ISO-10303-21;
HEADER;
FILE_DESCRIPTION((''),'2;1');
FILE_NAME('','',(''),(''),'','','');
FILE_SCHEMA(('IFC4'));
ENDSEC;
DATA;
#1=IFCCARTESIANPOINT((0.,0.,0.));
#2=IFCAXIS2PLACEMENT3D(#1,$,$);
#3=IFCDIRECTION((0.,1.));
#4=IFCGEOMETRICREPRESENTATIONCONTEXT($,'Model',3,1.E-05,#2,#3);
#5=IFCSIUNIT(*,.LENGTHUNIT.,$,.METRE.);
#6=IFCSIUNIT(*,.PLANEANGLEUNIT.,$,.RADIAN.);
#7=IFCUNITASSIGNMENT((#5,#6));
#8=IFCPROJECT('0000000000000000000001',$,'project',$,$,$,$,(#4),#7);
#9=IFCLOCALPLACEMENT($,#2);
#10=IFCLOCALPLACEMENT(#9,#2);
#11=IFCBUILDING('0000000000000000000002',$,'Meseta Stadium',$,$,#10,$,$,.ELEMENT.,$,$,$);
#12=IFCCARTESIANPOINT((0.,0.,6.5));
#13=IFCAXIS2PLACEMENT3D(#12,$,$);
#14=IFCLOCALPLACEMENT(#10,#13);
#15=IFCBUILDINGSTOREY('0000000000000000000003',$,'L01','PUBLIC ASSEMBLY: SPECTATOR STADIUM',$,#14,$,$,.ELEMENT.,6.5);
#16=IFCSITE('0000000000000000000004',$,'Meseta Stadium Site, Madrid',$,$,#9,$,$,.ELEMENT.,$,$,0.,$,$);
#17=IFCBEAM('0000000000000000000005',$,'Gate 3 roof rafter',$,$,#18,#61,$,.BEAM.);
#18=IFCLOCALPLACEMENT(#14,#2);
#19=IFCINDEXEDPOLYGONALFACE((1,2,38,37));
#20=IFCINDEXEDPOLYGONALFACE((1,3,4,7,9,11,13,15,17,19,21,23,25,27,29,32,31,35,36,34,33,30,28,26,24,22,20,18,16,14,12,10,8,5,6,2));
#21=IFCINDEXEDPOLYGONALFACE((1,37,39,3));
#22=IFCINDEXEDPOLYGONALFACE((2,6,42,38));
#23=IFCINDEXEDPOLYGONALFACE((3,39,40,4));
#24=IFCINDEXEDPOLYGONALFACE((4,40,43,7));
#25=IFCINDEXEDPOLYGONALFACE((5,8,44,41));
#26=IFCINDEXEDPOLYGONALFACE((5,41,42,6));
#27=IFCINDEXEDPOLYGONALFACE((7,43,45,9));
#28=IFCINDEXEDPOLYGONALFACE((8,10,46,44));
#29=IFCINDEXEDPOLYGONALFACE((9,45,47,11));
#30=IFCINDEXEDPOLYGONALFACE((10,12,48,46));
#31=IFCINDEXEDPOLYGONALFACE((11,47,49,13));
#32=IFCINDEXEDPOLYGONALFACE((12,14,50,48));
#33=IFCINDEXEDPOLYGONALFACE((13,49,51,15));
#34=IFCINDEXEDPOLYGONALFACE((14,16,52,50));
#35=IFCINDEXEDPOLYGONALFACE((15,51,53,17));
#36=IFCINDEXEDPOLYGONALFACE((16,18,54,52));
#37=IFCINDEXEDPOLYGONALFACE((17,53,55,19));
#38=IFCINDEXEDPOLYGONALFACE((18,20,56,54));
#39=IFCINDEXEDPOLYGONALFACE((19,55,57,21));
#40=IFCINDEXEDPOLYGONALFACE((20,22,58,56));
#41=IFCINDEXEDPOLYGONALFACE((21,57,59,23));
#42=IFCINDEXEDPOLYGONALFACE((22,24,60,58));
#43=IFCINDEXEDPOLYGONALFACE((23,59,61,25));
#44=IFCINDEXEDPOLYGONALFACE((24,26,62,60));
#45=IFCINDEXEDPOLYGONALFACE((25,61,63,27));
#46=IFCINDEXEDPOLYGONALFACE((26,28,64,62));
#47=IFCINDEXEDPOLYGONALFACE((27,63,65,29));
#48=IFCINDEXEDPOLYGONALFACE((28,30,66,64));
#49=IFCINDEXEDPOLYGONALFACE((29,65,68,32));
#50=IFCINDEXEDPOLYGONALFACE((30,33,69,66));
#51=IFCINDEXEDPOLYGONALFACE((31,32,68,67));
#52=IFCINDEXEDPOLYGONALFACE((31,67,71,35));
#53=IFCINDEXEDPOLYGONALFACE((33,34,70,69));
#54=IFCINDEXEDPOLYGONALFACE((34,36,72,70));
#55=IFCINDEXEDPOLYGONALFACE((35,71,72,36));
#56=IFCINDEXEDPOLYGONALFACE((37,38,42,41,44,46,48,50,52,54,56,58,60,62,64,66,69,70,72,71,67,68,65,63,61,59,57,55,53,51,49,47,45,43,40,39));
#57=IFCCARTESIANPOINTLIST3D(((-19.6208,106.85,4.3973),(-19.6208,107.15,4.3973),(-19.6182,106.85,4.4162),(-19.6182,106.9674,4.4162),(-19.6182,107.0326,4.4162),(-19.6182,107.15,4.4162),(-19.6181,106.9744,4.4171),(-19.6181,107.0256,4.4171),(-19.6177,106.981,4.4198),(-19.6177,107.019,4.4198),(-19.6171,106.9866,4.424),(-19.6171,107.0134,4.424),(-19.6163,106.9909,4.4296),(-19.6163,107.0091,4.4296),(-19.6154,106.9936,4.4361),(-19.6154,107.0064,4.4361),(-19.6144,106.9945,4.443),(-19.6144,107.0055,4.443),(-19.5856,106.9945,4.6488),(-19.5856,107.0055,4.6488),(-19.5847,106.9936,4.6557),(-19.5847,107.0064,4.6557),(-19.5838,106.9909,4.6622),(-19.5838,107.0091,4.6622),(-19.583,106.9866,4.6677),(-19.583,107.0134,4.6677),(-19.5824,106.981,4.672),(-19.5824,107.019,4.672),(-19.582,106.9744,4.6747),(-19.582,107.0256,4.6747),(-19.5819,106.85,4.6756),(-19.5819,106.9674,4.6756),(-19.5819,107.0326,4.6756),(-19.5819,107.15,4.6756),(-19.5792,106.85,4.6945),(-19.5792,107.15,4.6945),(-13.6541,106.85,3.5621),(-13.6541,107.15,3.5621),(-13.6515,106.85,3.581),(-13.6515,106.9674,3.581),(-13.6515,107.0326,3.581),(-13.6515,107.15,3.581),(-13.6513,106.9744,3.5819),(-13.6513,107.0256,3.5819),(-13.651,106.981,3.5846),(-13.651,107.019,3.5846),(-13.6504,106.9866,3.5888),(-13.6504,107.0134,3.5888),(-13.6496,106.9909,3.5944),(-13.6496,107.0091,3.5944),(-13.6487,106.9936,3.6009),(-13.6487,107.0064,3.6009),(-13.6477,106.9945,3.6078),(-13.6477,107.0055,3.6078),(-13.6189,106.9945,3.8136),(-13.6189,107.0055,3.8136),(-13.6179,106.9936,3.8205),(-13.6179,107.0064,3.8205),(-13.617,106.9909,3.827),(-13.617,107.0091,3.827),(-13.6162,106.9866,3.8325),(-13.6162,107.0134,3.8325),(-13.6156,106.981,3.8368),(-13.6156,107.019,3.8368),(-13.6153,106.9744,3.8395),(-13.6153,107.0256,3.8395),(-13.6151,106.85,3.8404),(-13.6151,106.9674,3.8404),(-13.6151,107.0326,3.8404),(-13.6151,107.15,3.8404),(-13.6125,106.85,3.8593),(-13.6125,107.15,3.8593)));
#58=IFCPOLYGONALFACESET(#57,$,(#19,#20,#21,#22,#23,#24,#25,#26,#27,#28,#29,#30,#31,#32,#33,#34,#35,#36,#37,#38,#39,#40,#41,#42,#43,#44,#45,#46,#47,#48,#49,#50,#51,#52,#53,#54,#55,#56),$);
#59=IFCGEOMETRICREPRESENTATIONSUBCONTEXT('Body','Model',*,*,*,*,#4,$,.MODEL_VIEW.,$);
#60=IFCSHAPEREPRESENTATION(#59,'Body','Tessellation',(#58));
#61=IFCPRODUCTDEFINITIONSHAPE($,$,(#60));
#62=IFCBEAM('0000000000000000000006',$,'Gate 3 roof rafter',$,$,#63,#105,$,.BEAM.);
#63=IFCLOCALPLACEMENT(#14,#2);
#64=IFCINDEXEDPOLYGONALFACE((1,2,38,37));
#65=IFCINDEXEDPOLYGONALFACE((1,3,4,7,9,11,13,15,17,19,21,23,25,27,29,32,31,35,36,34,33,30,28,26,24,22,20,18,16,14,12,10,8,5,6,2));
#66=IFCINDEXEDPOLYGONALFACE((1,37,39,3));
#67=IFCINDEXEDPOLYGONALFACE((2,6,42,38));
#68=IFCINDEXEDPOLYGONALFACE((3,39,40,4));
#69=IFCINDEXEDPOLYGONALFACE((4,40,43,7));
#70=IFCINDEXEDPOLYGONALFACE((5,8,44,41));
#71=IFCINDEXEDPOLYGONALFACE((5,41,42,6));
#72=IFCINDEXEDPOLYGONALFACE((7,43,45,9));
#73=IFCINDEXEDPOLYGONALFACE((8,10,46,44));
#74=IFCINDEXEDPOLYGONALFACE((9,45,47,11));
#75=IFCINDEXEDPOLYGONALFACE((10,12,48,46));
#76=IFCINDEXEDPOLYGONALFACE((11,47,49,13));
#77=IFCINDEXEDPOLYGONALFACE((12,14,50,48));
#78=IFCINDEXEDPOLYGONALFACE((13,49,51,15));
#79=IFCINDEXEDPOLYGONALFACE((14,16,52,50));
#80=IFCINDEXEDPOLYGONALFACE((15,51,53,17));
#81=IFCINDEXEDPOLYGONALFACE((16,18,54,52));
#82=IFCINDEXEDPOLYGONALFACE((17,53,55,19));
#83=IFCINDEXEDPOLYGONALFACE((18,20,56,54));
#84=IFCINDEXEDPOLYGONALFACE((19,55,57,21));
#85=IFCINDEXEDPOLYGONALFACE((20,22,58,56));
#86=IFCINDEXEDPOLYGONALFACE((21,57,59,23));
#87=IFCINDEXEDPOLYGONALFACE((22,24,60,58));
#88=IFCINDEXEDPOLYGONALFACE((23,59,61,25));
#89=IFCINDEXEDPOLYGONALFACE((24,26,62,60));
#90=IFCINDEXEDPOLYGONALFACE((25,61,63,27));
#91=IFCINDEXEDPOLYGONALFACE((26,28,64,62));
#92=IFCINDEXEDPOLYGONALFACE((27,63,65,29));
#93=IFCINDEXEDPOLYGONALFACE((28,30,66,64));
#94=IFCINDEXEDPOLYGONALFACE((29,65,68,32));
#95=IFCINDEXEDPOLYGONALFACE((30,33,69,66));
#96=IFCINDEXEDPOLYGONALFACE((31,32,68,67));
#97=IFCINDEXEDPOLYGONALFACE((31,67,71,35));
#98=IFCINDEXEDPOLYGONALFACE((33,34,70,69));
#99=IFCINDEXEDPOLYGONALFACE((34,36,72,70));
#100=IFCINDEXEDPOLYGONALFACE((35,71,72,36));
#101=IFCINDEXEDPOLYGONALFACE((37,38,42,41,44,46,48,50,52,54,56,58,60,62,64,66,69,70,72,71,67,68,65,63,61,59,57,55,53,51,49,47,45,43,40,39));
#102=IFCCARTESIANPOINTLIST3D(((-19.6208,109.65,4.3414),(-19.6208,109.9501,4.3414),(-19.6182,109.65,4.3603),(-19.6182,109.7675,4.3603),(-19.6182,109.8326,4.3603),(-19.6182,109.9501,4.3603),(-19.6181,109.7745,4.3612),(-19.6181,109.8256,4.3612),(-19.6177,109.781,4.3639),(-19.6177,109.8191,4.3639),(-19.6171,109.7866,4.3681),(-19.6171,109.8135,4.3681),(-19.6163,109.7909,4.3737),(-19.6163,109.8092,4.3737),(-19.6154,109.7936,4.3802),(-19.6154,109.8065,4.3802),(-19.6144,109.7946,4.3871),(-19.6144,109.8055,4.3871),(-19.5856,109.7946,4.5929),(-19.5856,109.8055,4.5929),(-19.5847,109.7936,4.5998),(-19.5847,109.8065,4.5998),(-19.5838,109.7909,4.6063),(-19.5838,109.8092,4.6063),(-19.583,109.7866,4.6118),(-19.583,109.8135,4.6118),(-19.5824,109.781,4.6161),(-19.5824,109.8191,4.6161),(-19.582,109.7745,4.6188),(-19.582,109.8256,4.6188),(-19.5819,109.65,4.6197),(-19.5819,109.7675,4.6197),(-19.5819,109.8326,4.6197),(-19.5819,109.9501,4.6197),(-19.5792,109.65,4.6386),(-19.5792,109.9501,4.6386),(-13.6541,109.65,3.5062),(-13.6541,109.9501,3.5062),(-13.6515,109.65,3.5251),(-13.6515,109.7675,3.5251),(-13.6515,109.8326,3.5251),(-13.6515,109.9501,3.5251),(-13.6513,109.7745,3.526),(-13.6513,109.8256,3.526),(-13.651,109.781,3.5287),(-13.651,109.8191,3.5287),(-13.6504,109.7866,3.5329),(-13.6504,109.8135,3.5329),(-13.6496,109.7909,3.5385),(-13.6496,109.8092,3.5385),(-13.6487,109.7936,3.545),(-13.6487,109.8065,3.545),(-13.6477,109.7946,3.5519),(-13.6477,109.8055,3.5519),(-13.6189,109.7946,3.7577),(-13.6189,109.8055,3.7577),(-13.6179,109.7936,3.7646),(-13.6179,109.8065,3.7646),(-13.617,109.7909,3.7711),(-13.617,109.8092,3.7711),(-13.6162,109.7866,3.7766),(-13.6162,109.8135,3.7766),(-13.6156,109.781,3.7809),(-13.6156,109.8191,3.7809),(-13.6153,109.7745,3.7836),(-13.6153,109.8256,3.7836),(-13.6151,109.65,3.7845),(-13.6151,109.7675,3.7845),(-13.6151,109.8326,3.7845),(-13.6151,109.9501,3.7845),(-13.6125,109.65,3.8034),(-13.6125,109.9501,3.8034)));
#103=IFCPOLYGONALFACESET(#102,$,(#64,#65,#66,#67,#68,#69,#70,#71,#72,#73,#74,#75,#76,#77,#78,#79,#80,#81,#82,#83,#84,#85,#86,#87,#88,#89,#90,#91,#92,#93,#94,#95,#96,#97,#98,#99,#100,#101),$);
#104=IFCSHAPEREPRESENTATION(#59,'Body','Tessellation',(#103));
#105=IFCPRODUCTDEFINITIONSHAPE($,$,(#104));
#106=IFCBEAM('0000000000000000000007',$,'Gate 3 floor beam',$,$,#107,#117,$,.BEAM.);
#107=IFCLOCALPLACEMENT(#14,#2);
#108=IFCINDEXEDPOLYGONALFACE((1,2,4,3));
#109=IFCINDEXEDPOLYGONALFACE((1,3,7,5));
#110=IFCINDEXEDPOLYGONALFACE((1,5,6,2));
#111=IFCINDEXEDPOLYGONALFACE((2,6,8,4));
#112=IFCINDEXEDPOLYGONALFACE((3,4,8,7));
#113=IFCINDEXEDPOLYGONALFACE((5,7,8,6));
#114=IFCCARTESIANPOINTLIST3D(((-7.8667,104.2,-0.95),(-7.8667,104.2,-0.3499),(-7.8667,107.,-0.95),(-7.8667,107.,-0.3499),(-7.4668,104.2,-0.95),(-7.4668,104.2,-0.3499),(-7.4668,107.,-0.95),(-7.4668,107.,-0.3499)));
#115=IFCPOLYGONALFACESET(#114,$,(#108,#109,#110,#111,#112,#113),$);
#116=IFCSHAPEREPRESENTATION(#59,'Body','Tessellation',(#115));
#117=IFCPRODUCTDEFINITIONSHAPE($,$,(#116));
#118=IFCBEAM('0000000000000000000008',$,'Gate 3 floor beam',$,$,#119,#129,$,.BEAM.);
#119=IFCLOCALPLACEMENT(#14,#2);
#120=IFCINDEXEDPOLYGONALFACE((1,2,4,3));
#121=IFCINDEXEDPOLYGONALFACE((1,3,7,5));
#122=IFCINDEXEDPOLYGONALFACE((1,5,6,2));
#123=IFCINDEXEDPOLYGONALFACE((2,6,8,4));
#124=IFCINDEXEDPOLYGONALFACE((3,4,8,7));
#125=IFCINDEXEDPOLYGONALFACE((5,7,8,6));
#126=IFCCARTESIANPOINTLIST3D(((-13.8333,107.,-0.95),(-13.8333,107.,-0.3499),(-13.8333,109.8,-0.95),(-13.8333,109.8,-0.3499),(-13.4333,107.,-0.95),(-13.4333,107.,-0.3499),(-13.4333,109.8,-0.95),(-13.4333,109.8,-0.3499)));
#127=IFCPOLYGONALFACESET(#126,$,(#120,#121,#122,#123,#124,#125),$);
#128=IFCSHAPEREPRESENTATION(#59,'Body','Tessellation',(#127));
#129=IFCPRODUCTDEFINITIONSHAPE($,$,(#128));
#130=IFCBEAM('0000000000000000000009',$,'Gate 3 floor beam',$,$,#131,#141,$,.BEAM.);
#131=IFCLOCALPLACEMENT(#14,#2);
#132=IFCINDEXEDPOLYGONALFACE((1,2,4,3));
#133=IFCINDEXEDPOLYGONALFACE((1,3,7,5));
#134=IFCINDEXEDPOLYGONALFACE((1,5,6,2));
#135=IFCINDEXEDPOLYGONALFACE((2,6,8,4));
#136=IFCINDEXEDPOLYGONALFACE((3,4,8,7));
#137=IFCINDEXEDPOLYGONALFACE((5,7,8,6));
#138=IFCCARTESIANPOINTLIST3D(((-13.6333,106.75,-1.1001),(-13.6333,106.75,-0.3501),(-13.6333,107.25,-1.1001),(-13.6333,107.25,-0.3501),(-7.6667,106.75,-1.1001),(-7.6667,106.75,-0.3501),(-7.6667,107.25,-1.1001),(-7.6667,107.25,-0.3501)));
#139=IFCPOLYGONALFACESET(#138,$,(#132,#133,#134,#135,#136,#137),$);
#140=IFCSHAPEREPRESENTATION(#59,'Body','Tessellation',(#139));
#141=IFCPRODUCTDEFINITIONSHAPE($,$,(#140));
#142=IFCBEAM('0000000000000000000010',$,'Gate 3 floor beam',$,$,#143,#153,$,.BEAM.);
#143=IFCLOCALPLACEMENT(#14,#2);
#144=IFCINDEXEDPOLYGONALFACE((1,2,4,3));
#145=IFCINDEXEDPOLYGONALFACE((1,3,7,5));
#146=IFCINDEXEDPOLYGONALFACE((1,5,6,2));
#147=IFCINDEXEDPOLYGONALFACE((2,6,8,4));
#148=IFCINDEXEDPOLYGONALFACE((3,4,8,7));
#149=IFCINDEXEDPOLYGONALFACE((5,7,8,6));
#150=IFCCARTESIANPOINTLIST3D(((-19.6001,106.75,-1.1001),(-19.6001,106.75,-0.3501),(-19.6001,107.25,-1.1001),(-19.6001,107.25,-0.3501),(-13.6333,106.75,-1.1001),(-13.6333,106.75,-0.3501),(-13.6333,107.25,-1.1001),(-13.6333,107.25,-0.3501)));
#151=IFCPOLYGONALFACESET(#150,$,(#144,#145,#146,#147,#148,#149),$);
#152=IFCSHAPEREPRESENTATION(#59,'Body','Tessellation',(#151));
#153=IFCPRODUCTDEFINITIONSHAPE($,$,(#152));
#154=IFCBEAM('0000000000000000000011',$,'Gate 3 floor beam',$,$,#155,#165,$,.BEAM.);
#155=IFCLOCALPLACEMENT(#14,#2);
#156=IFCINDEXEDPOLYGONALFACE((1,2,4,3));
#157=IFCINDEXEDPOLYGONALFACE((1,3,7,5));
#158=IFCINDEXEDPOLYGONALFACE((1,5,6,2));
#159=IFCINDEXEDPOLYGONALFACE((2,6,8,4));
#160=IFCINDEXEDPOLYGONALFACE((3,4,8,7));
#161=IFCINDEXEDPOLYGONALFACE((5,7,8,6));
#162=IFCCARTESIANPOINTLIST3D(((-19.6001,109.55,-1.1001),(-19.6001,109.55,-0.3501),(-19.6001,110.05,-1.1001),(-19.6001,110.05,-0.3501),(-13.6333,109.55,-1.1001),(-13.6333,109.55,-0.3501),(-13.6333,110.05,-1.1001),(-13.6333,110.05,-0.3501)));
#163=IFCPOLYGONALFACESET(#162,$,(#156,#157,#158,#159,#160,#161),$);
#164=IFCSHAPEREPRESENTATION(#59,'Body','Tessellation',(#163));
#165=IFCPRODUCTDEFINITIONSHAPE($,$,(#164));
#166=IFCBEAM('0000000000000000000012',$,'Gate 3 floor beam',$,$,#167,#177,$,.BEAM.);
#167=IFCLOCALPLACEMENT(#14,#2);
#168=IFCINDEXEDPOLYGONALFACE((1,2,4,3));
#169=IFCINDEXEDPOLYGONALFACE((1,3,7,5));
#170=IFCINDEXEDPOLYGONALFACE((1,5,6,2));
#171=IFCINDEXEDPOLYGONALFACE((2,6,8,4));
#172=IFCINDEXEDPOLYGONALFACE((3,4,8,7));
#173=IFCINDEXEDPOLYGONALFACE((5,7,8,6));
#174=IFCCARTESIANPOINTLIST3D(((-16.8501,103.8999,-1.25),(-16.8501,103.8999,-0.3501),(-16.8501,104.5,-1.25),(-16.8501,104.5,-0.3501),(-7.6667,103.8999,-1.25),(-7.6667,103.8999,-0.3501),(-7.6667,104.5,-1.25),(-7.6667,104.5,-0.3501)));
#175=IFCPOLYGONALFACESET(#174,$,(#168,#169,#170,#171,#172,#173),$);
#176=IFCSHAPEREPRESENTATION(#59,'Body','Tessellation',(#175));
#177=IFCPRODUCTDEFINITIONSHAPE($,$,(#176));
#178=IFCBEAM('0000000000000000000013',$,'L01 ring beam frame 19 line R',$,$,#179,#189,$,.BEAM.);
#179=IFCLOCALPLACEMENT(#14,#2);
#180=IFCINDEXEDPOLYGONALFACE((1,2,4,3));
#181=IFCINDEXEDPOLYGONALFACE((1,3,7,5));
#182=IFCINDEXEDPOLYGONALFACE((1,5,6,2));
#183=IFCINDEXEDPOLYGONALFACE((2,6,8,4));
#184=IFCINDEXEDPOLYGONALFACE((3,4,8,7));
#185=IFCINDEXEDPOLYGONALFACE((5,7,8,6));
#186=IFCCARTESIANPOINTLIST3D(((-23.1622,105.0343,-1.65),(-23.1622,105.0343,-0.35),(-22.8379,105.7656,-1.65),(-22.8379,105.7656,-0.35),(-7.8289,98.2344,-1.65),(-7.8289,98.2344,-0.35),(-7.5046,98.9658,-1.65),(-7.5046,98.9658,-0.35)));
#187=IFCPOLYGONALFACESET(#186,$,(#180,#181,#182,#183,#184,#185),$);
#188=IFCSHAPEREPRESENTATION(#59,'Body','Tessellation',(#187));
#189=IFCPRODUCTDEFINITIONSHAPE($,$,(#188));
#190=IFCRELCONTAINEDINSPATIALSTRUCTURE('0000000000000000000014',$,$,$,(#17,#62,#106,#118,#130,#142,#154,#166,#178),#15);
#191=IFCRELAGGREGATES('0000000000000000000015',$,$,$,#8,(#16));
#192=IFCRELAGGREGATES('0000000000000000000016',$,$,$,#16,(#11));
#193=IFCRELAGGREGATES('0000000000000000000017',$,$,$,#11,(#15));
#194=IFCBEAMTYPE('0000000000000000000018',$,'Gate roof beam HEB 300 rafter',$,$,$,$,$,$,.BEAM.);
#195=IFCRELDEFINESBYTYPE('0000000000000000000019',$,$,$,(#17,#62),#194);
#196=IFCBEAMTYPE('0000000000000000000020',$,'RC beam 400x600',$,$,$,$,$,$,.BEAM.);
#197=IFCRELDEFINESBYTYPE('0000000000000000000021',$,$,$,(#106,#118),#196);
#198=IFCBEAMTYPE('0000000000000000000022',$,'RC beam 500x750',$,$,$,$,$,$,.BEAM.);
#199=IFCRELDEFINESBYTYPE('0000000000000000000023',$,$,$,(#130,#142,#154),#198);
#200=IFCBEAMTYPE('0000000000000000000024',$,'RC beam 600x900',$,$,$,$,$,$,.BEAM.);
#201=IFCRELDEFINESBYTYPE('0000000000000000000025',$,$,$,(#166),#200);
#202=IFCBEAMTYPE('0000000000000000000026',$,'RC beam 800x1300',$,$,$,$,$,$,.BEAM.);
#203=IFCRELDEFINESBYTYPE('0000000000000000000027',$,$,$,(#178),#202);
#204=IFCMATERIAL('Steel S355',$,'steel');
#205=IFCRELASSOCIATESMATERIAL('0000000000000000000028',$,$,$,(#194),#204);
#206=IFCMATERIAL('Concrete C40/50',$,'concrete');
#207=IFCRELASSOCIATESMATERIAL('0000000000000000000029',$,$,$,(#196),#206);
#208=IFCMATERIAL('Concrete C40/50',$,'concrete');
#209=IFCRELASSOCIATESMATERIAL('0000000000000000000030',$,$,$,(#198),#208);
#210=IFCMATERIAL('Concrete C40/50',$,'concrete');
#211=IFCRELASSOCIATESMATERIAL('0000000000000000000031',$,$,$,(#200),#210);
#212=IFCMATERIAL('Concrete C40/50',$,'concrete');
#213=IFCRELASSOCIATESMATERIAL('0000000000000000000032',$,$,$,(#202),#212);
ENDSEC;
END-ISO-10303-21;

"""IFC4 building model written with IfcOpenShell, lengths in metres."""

from ifc_helpers import new_model, si_unit, direction, frame, origin, origin_2d, place, context, subcontext, project, spatial, rectangle, i_section, extrude, material, material_profile, profile_set, type_object, element, save


model = new_model("IFC4")

# Units and contexts
model_context = context("Model", 3, precision=1e-05, world=origin(), true_north=direction((0.0, 1.0)))
body_context = subcontext(model_context, "Body", "Model", "MODEL_VIEW")
ifc_project = project(units=[si_unit("LENGTHUNIT", "METRE"), si_unit("PLANEANGLEUNIT", "RADIAN")], contexts=[model_context])

# Site, building, storey
site_placement = place(None, origin())
site = spatial("IfcSite", under=ifc_project, at=site_placement, Name="Meseta Stadium Site, Madrid", CompositionType="ELEMENT", RefElevation=0.0)
building_placement = place(site_placement, origin())
building = spatial("IfcBuilding", under=site, at=building_placement, Name="Meseta Stadium", CompositionType="ELEMENT")
storey_placement = place(building_placement, frame((0.0, 0.0, 6.5)))
storey = spatial("IfcBuildingStorey", under=building, at=storey_placement, Name="L01", Description="PUBLIC ASSEMBLY: SPECTATOR STADIUM", CompositionType="ELEMENT", Elevation=6.5)

# Beams
ifc_material_1 = material(Name="Steel S355", Category="steel")
ifc_material_profile_1 = material_profile(ifc_material_1, i_section(OverallWidth=0.3, OverallDepth=0.3, WebThickness=0.011, FlangeThickness=0.019, FilletRadius=0.0271, at=origin_2d()), Name="HEB 300")
ifc_profile_set_1 = profile_set([ifc_material_profile_1], Name="Steel S355")
beam_type_1 = type_object("IfcBeamType", Name="Gate roof beam HEB 300 rafter", PredefinedType="BEAM", material=ifc_profile_set_1)
for number, where, z_axis, x_axis, name in (
    (1, (-13.6333, 107.0, 3.7107), (-0.990345, 0.0, 0.138624), (0.0, -1.0, 0.0), "Gate 3 roof rafter"),
    (2, (-13.6333, 109.8, 3.6548), (-0.990345, 0.0, 0.138624), (0.0, -1.0, 0.0), "Gate 3 roof rafter"),
):
    element("IfcBeam", number, at=place(storey_placement, frame(where, z_axis=z_axis, x_axis=x_axis)), inside=storey, type_object=beam_type_1, Name=name, PredefinedType="BEAM", context=body_context, shape_type="SweptSolid", body=[
        extrude(i_section(OverallWidth=0.3, OverallDepth=0.3, WebThickness=0.011, FlangeThickness=0.019, FilletRadius=0.0271, at=origin_2d()), origin(), (0.0, 0.0, 1.0), 6.0249),
    ])
ifc_material_2 = material(Name="Concrete C40/50", Category="concrete")
ifc_material_profile_2 = material_profile(ifc_material_2, rectangle(XDim=0.3999, YDim=0.6001, at=origin_2d()), Name="RC 400x600")
ifc_profile_set_2 = profile_set([ifc_material_profile_2], Name="Concrete C40/50")
beam_type_2 = type_object("IfcBeamType", Name="RC beam 400x600", PredefinedType="BEAM", material=ifc_profile_set_2)
for number, where, z_axis, x_axis, name in (
    (3, (-7.6667, 104.2, -0.6499), (0.0, 1.0, 0.0), (-1.0, 0.0, 0.0), "Gate 3 floor beam"),
    (4, (-13.6333, 107.0, -0.6499), (0.0, 1.0, 0.0), (-1.0, 0.0, 0.0), "Gate 3 floor beam"),
):
    element("IfcBeam", number, at=place(storey_placement, frame(where, z_axis=z_axis, x_axis=x_axis)), inside=storey, type_object=beam_type_2, Name=name, PredefinedType="BEAM", context=body_context, shape_type="SweptSolid", body=[
        extrude(rectangle(XDim=0.3999, YDim=0.6001, at=origin_2d()), origin(), (0.0, 0.0, 1.0), 2.8),
    ])
ifc_material_3 = material(Name="Concrete C40/50", Category="concrete")
ifc_material_profile_3 = material_profile(ifc_material_3, rectangle(XDim=0.5, YDim=0.75, at=origin_2d()), Name="RC 500x750")
ifc_profile_set_3 = profile_set([ifc_material_profile_3], Name="Concrete C40/50")
beam_type_3 = type_object("IfcBeamType", Name="RC beam 500x750", PredefinedType="BEAM", material=ifc_profile_set_3)
beam_1_placement = place(storey_placement, frame((-7.6667, 107.0, -0.7251), z_axis=(-1.0, 0.0, 0.0), x_axis=(0.0, -1.0, 0.0)))
element("IfcBeam", 5, at=beam_1_placement, inside=storey, type_object=beam_type_3, Name="Gate 3 floor beam", PredefinedType="BEAM", context=body_context, shape_type="SweptSolid", body=[
    extrude(rectangle(XDim=0.5, YDim=0.75, at=origin_2d()), origin(), (0.0, 0.0, 1.0), 5.9666),
])
for number, where, z_axis, x_axis, name in (
    (6, (-13.6333, 107.0, -0.7251), (-1.0, 0.0, 0.0), (0.0, -1.0, 0.0), "Gate 3 floor beam"),
    (7, (-13.6333, 109.8, -0.7251), (-1.0, 0.0, 0.0), (0.0, -1.0, 0.0), "Gate 3 floor beam"),
):
    element("IfcBeam", number, at=place(storey_placement, frame(where, z_axis=z_axis, x_axis=x_axis)), inside=storey, type_object=beam_type_3, Name=name, PredefinedType="BEAM", context=body_context, shape_type="SweptSolid", body=[
        extrude(rectangle(XDim=0.5, YDim=0.75, at=origin_2d()), origin(), (0.0, 0.0, 1.0), 5.9668),
    ])
ifc_material_4 = material(Name="Concrete C40/50", Category="concrete")
ifc_material_profile_4 = material_profile(ifc_material_4, rectangle(XDim=0.6001, YDim=0.8999, at=origin_2d()), Name="RC 600x900")
ifc_profile_set_4 = profile_set([ifc_material_profile_4], Name="Concrete C40/50")
beam_type_4 = type_object("IfcBeamType", Name="RC beam 600x900", PredefinedType="BEAM", material=ifc_profile_set_4)
beam_2_placement = place(storey_placement, frame((-7.6667, 104.2, -0.8), z_axis=(-1.0, 0.0, 0.0), x_axis=(0.0, -1.0, 0.0)))
element("IfcBeam", 8, at=beam_2_placement, inside=storey, type_object=beam_type_4, Name="Gate 3 floor beam", PredefinedType="BEAM", context=body_context, shape_type="SweptSolid", body=[
    extrude(rectangle(XDim=0.6001, YDim=0.8999, at=origin_2d()), origin(), (0.0, 0.0, 1.0), 9.1833),
])
ifc_material_5 = material(Name="Concrete C40/50", Category="concrete")
ifc_material_profile_5 = material_profile(ifc_material_5, rectangle(XDim=0.8, YDim=1.3, at=origin_2d()), Name="RC 800x1300")
ifc_profile_set_5 = profile_set([ifc_material_profile_5], Name="Concrete C40/50")
beam_type_5 = type_object("IfcBeamType", Name="RC beam 800x1300", PredefinedType="BEAM", material=ifc_profile_set_5)
beam_3_placement = place(storey_placement, frame((-7.6667, 98.6001, -1.0), z_axis=(-0.914143, 0.405393, 0.0), x_axis=(-0.405393, -0.914143, 0.0)))
element("IfcBeam", 9, at=beam_3_placement, inside=storey, type_object=beam_type_5, Name="L01 ring beam frame 19 line R", PredefinedType="BEAM", context=body_context, shape_type="SweptSolid", body=[
    extrude(rectangle(XDim=0.8, YDim=1.3, at=origin_2d()), origin(), (0.0, 0.0, 1.0), 16.7734),
])

save(model, "model.ifc")
